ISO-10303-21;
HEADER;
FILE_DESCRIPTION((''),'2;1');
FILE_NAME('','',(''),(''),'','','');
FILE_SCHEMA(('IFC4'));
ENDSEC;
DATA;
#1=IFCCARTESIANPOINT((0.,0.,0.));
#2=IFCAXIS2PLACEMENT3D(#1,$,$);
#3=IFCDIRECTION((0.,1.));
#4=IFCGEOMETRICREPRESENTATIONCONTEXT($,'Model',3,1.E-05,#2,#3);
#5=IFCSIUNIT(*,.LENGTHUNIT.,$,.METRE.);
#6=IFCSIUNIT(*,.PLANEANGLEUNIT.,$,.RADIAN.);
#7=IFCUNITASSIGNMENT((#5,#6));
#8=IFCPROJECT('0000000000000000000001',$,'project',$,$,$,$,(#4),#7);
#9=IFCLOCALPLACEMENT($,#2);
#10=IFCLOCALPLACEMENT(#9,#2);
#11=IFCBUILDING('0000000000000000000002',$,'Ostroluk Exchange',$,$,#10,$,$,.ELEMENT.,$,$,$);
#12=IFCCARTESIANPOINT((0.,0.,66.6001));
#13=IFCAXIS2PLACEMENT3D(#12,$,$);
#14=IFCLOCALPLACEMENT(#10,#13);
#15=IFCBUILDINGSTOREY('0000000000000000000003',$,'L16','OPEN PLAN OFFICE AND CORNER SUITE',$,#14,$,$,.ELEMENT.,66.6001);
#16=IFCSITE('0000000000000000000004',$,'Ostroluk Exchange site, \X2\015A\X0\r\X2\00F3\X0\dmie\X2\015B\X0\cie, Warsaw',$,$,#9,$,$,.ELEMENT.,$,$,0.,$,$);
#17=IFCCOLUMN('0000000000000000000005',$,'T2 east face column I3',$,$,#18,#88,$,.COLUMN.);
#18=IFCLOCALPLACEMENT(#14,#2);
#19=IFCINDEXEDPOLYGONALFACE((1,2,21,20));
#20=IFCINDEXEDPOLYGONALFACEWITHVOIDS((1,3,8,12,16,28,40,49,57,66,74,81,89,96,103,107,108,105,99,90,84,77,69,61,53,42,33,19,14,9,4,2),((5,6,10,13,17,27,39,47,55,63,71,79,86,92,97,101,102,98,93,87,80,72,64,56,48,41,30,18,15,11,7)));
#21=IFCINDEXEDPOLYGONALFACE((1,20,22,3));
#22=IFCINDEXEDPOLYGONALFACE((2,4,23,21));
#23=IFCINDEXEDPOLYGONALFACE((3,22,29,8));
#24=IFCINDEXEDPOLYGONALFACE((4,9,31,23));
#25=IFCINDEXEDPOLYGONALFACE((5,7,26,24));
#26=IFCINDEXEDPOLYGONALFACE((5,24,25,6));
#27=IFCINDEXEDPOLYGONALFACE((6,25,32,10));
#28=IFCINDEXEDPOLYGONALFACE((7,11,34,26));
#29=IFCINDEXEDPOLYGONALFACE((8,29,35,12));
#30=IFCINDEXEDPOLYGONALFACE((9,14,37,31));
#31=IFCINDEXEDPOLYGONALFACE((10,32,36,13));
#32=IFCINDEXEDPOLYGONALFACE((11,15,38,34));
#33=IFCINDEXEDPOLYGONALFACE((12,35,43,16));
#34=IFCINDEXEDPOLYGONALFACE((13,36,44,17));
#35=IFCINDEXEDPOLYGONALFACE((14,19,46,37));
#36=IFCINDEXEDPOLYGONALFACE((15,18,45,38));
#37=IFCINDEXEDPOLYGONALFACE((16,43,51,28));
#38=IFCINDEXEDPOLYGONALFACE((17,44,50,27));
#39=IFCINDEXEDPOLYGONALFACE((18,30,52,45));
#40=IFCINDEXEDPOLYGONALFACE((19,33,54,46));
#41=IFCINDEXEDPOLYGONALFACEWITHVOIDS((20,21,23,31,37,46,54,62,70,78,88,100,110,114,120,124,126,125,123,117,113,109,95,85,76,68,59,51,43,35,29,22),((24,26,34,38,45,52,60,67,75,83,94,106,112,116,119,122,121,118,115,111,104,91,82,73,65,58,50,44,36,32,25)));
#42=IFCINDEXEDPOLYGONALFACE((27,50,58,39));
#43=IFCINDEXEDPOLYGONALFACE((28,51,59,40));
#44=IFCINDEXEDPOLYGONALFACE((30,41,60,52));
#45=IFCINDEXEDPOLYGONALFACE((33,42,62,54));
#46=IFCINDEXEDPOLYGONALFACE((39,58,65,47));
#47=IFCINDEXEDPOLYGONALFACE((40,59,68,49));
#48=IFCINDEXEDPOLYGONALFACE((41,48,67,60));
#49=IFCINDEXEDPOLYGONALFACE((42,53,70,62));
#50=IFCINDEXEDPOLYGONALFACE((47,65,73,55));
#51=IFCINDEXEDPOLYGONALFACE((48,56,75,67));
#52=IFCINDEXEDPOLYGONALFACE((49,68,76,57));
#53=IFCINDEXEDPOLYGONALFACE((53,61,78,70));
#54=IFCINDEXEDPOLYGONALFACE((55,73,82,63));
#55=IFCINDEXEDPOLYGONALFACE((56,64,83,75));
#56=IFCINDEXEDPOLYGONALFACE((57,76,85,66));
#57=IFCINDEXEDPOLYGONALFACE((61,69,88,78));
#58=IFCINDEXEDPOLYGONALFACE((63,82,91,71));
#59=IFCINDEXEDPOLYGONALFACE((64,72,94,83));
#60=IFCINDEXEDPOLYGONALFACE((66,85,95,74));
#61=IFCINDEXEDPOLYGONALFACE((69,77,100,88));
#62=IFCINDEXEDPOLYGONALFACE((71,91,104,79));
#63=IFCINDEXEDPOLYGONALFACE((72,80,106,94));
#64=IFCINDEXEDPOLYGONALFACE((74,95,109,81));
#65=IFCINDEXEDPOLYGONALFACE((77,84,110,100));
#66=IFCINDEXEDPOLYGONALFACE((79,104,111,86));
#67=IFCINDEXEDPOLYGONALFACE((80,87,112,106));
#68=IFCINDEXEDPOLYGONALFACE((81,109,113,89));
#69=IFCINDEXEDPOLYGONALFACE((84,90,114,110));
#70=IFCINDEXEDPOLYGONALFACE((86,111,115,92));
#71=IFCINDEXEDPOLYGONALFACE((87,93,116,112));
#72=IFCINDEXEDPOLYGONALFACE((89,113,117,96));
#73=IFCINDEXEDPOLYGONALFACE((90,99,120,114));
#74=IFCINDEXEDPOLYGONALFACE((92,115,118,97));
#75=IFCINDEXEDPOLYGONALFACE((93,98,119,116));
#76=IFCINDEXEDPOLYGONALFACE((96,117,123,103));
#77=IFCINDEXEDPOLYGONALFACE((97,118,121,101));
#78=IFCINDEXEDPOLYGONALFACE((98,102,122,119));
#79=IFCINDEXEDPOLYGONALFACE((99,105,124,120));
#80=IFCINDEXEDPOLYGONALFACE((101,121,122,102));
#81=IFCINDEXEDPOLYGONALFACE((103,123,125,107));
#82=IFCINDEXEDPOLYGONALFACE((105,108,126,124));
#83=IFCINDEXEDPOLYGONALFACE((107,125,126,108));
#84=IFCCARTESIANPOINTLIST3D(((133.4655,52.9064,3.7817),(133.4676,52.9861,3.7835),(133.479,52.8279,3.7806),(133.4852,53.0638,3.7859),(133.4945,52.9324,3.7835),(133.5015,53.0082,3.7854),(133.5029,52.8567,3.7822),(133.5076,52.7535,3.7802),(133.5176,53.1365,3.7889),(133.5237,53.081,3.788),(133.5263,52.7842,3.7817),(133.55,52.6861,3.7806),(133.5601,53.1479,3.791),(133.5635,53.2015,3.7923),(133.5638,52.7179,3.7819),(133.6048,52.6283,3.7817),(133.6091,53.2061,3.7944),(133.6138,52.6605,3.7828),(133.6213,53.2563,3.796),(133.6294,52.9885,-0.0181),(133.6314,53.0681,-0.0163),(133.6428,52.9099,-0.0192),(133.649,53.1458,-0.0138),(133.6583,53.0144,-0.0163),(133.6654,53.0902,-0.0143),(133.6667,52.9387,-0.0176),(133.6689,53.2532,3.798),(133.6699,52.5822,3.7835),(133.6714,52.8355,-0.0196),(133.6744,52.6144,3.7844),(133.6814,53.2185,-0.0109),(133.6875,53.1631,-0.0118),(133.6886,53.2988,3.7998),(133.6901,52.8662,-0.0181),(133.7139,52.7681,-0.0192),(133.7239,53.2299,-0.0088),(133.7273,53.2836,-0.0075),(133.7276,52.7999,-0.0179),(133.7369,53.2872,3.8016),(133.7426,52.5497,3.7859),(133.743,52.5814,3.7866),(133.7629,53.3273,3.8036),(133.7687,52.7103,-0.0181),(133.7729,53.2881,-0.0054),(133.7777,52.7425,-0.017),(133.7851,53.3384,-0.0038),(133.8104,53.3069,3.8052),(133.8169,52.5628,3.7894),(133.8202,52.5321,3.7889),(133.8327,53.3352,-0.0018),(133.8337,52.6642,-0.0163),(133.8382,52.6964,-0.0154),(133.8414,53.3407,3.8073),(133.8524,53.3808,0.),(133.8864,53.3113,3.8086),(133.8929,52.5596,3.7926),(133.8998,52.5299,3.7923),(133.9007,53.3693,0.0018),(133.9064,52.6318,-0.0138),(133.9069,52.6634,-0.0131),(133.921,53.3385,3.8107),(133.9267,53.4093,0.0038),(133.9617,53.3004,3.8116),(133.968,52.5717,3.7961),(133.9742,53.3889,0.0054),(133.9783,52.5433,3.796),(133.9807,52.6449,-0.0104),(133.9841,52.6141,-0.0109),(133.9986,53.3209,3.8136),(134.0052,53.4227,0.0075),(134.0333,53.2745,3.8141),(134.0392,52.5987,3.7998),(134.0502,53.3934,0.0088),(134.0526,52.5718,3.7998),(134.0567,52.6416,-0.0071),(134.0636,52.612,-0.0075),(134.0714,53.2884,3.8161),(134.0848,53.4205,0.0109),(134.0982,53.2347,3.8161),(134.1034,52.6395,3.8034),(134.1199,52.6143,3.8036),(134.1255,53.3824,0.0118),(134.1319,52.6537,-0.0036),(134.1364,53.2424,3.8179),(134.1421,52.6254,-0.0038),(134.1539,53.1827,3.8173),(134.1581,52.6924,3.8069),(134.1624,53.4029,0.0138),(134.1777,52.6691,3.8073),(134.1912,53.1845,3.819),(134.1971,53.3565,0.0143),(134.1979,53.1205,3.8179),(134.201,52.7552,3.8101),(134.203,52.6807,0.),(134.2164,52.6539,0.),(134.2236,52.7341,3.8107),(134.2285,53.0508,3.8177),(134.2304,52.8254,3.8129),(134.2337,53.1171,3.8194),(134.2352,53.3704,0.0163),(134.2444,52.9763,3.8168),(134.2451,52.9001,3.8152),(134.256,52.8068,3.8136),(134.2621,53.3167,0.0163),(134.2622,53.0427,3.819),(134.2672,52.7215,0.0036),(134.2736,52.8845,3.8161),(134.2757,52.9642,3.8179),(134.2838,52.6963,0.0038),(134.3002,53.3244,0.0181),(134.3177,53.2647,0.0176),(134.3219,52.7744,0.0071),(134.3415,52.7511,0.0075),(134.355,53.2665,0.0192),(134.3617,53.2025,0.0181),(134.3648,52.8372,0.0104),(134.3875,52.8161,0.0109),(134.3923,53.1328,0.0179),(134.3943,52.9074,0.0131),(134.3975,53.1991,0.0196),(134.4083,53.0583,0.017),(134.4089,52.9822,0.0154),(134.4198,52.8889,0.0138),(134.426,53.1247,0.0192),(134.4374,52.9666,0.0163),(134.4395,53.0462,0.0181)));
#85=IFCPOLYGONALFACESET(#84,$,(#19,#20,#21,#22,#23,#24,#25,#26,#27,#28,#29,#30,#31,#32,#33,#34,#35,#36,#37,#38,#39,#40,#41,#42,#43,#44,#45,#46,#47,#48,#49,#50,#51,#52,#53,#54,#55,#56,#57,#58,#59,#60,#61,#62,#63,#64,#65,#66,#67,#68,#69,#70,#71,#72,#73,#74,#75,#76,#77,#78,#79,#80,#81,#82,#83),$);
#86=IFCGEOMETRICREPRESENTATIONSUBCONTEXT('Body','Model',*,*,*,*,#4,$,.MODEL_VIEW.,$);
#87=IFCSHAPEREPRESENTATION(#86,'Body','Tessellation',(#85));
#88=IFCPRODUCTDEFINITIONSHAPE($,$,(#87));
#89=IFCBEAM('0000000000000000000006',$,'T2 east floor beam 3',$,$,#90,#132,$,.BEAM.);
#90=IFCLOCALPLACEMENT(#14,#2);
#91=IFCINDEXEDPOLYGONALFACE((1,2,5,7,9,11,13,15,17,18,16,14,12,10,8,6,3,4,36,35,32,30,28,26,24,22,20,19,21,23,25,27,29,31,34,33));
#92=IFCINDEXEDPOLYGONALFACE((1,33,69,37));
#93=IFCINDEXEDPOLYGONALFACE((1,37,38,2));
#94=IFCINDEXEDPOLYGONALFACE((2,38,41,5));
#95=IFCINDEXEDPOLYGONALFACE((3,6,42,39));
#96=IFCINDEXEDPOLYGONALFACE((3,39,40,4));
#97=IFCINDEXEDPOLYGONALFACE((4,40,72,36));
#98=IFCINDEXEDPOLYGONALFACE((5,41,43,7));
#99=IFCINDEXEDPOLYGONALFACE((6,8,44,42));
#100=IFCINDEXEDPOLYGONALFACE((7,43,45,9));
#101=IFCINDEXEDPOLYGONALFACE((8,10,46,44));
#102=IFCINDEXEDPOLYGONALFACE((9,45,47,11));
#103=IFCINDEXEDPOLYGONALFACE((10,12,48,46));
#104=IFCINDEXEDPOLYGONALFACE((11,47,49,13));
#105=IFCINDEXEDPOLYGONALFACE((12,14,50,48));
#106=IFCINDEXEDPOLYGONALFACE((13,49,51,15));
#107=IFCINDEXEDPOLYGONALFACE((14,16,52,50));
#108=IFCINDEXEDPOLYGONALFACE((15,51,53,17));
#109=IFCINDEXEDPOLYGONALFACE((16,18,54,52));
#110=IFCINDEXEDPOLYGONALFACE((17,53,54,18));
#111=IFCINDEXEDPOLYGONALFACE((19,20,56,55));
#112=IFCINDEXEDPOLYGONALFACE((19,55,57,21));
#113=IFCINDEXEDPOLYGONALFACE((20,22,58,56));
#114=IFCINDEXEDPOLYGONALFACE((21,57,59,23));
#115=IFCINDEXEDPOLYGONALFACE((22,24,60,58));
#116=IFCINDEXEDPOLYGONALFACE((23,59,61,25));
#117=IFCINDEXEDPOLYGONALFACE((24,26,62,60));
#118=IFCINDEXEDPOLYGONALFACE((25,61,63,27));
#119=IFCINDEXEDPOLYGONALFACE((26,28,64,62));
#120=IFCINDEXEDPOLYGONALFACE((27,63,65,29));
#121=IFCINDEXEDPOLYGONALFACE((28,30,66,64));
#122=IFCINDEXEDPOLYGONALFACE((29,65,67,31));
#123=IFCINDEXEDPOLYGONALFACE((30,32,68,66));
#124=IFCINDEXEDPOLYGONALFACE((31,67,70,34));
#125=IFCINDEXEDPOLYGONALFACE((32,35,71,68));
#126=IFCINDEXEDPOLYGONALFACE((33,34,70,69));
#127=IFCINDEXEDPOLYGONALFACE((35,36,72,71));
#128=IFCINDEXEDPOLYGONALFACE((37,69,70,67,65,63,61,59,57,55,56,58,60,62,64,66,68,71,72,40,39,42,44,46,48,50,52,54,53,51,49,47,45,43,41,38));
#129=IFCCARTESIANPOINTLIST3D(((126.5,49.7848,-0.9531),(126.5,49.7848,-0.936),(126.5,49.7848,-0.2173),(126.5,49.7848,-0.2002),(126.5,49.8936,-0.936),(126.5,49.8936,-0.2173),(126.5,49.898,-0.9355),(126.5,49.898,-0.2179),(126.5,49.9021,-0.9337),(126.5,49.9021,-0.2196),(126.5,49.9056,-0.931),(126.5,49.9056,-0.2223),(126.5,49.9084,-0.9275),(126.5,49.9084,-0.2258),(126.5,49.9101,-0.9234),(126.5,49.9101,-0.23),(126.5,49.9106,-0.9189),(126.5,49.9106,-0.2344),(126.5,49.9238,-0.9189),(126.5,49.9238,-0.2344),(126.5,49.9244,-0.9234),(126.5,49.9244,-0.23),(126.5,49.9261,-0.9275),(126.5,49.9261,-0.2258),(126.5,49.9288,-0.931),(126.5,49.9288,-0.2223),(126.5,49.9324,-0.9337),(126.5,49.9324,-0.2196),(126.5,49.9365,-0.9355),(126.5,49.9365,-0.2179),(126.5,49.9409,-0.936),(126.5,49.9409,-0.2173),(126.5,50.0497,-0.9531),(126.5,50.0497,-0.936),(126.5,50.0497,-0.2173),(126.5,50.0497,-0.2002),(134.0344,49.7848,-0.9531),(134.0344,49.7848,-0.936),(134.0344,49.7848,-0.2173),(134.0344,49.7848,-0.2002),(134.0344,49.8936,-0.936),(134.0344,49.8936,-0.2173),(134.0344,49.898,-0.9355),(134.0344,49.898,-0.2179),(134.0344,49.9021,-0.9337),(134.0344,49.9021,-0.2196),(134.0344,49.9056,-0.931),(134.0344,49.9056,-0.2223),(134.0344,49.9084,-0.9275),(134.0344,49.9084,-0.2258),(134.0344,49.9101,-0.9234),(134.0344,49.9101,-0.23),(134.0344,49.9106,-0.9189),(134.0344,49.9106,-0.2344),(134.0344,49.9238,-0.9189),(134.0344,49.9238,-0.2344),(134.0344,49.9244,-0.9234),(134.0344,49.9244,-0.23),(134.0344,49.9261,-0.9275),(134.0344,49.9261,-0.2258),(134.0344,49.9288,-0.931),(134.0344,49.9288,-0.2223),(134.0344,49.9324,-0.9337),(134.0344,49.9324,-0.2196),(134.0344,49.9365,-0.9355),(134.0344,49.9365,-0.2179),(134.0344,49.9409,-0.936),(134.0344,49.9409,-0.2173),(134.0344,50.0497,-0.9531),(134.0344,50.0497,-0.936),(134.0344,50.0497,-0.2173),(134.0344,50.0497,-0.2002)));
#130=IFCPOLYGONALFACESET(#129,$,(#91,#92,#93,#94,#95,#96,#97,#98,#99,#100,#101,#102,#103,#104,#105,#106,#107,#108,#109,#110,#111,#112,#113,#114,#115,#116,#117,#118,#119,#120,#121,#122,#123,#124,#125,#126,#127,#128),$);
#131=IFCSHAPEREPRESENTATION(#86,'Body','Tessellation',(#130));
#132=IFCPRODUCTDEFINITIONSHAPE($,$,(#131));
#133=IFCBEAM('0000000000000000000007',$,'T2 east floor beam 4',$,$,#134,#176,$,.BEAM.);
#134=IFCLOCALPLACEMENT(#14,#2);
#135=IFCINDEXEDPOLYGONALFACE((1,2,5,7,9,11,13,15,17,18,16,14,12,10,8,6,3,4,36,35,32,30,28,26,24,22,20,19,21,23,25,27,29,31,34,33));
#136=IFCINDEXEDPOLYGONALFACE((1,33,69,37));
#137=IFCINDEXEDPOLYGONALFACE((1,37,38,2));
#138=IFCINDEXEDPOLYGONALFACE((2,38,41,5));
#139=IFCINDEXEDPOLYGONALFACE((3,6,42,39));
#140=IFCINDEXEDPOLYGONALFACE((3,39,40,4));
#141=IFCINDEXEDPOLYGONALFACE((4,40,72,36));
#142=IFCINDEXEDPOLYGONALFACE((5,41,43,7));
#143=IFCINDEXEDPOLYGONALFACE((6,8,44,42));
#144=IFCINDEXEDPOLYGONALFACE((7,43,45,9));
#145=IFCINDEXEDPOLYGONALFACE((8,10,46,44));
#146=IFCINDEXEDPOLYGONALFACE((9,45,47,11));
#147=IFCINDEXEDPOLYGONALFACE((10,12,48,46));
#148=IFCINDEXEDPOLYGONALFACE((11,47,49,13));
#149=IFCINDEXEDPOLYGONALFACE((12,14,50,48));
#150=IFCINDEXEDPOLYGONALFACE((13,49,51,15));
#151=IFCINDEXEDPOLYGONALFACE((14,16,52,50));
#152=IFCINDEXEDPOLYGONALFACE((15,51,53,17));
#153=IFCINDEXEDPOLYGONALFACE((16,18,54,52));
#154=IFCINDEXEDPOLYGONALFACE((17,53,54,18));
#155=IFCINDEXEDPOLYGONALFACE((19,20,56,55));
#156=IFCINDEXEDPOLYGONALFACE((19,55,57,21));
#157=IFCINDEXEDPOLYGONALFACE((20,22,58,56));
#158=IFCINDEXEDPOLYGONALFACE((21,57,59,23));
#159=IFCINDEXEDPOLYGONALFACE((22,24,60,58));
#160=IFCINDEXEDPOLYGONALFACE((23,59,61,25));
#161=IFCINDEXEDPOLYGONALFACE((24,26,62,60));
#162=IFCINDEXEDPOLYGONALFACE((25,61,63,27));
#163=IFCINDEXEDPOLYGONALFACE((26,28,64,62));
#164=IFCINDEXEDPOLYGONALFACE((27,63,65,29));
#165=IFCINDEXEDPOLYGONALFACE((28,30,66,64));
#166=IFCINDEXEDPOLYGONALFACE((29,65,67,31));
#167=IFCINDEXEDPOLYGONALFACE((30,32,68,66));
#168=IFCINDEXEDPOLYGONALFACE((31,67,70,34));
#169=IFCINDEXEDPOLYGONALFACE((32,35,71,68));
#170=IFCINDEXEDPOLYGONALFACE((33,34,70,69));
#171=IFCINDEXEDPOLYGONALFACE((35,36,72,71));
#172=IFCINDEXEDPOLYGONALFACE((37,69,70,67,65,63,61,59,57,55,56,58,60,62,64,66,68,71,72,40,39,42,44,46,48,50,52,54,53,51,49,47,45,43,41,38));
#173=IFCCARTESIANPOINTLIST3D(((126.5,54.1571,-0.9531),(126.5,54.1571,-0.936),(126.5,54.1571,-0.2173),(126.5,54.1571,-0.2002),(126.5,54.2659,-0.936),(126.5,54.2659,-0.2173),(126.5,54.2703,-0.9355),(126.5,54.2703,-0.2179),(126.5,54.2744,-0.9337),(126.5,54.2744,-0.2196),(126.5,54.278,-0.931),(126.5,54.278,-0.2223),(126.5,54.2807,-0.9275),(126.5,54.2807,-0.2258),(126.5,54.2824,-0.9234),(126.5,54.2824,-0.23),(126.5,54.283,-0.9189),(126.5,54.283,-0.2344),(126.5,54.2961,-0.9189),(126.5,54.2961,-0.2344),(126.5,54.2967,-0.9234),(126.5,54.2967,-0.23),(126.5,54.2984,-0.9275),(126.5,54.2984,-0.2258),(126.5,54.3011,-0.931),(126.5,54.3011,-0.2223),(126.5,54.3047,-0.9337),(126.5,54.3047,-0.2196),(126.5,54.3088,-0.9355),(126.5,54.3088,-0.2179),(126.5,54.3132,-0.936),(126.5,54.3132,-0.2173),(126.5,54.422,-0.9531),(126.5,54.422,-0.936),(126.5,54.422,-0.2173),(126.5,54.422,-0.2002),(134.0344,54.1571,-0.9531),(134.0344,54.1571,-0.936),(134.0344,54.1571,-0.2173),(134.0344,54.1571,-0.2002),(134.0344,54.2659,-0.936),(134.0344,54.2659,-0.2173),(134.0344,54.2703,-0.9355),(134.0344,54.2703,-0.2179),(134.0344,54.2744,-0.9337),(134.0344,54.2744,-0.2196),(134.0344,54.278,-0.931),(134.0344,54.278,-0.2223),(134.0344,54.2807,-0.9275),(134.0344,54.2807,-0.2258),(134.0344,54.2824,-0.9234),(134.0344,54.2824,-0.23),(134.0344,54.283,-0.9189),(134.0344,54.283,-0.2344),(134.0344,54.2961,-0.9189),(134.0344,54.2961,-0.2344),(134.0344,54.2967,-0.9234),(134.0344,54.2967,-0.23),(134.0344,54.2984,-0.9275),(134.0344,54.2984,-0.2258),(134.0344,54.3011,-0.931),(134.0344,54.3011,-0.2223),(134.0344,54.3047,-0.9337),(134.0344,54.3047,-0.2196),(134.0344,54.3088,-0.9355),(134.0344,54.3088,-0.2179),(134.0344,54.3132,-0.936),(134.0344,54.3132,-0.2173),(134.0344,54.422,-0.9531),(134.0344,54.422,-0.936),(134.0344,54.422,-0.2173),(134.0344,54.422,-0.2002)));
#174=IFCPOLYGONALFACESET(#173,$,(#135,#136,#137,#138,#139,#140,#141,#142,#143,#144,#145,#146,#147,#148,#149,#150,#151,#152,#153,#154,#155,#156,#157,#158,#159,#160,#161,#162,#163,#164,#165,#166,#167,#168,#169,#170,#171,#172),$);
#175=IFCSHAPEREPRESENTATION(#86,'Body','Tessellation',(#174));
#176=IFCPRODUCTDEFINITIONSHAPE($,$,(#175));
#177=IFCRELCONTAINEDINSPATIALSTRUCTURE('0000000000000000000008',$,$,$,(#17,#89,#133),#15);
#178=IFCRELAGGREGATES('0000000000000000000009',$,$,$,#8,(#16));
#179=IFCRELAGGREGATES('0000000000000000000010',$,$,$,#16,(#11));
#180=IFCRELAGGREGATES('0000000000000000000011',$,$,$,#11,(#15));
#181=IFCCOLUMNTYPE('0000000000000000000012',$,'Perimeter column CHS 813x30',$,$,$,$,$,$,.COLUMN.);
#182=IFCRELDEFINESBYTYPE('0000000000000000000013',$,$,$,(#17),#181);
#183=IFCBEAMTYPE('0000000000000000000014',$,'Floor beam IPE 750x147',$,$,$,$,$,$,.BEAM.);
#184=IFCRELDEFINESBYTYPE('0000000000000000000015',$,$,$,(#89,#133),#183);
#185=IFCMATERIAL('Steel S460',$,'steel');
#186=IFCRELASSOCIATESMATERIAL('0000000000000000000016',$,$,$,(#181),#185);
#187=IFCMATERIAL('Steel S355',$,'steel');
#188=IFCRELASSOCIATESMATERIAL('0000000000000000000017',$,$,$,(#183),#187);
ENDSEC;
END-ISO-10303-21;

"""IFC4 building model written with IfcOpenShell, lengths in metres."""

from ifc_helpers import new_model, si_unit, direction, frame, origin, origin_2d, place, context, subcontext, project, spatial, hollow_circle, i_section, extrude, material, material_profile, profile_set, type_object, element, save


model = new_model("IFC4")

# Units and contexts
model_context = context("Model", 3, precision=1e-05, world=origin(), true_north=direction((0.0, 1.0)))
body_context = subcontext(model_context, "Body", "Model", "MODEL_VIEW")
ifc_project = project(units=[si_unit("LENGTHUNIT", "METRE"), si_unit("PLANEANGLEUNIT", "RADIAN")], contexts=[model_context])

# Site, building, storey
site_placement = place(None, origin())
site = spatial("IfcSite", under=ifc_project, at=site_placement, Name="Ostroluk Exchange site, Śródmieście, Warsaw", CompositionType="ELEMENT", RefElevation=0.0)
building_placement = place(site_placement, origin())
building = spatial("IfcBuilding", under=site, at=building_placement, Name="Ostroluk Exchange", CompositionType="ELEMENT")
storey_placement = place(building_placement, frame((0.0, 0.0, 66.6001)))
storey = spatial("IfcBuildingStorey", under=building, at=storey_placement, Name="L16", Description="OPEN PLAN OFFICE AND CORNER SUITE", CompositionType="ELEMENT", Elevation=66.6001)

# Column
ifc_material_1 = material(Name="Steel S460", Category="steel")
ifc_material_profile_1 = material_profile(ifc_material_1, hollow_circle(Radius=0.4065, WallThickness=0.03, at=origin_2d()), Name="CHS 813x30")
ifc_profile_set_1 = profile_set([ifc_material_profile_1], Name="Steel S460")
column_type = type_object("IfcColumnType", Name="Perimeter column CHS 813x30", PredefinedType="COLUMN", material=ifc_profile_set_1)
column_placement = place(storey_placement, frame((134.0344, 53.0173, 0.0), z_axis=(-0.043062, -0.021563, 0.99884), x_axis=(0.447747, -0.894161, 0.0)))
element("IfcColumn", 1, at=column_placement, inside=storey, type_object=column_type, Name="T2 east face column I3", PredefinedType="COLUMN", context=body_context, shape_type="SweptSolid", body=[
    extrude(hollow_circle(Radius=0.4065, WallThickness=0.03, at=origin_2d()), origin(), (0.0, 0.0, 1.0), 3.8042),
])

# Beams
ifc_material_2 = material(Name="Steel S355", Category="steel")
ifc_material_profile_2 = material_profile(ifc_material_2, i_section(OverallWidth=0.2649, OverallDepth=0.7529, WebThickness=0.0132, FlangeThickness=0.0171, FilletRadius=0.0171, at=origin_2d()), Name="IPE 750x147")
ifc_profile_set_2 = profile_set([ifc_material_profile_2], Name="Steel S355")
beam_type_1 = type_object("IfcBeamType", Name="Floor beam IPE 750x147", PredefinedType="BEAM", material=ifc_profile_set_2)
for number, where, z_axis, x_axis, name in (
    (2, (126.5, 49.9172, -0.5767), (1.0, 0.0, 0.0), (0.0, 1.0, 0.0), "T2 east floor beam 3"),
    (3, (126.5, 54.2896, -0.5767), (1.0, 0.0, 0.0), (0.0, 1.0, 0.0), "T2 east floor beam 4"),
):
    element("IfcBeam", number, at=place(storey_placement, frame(where, z_axis=z_axis, x_axis=x_axis)), inside=storey, type_object=beam_type_1, Name=name, PredefinedType="BEAM", context=body_context, shape_type="SweptSolid", body=[
        extrude(i_section(OverallWidth=0.2649, OverallDepth=0.7529, WebThickness=0.0132, FlangeThickness=0.0171, FilletRadius=0.0171, at=origin_2d()), origin(), (0.0, 0.0, 1.0), 7.5344),
    ])

save(model, "model.ifc")
